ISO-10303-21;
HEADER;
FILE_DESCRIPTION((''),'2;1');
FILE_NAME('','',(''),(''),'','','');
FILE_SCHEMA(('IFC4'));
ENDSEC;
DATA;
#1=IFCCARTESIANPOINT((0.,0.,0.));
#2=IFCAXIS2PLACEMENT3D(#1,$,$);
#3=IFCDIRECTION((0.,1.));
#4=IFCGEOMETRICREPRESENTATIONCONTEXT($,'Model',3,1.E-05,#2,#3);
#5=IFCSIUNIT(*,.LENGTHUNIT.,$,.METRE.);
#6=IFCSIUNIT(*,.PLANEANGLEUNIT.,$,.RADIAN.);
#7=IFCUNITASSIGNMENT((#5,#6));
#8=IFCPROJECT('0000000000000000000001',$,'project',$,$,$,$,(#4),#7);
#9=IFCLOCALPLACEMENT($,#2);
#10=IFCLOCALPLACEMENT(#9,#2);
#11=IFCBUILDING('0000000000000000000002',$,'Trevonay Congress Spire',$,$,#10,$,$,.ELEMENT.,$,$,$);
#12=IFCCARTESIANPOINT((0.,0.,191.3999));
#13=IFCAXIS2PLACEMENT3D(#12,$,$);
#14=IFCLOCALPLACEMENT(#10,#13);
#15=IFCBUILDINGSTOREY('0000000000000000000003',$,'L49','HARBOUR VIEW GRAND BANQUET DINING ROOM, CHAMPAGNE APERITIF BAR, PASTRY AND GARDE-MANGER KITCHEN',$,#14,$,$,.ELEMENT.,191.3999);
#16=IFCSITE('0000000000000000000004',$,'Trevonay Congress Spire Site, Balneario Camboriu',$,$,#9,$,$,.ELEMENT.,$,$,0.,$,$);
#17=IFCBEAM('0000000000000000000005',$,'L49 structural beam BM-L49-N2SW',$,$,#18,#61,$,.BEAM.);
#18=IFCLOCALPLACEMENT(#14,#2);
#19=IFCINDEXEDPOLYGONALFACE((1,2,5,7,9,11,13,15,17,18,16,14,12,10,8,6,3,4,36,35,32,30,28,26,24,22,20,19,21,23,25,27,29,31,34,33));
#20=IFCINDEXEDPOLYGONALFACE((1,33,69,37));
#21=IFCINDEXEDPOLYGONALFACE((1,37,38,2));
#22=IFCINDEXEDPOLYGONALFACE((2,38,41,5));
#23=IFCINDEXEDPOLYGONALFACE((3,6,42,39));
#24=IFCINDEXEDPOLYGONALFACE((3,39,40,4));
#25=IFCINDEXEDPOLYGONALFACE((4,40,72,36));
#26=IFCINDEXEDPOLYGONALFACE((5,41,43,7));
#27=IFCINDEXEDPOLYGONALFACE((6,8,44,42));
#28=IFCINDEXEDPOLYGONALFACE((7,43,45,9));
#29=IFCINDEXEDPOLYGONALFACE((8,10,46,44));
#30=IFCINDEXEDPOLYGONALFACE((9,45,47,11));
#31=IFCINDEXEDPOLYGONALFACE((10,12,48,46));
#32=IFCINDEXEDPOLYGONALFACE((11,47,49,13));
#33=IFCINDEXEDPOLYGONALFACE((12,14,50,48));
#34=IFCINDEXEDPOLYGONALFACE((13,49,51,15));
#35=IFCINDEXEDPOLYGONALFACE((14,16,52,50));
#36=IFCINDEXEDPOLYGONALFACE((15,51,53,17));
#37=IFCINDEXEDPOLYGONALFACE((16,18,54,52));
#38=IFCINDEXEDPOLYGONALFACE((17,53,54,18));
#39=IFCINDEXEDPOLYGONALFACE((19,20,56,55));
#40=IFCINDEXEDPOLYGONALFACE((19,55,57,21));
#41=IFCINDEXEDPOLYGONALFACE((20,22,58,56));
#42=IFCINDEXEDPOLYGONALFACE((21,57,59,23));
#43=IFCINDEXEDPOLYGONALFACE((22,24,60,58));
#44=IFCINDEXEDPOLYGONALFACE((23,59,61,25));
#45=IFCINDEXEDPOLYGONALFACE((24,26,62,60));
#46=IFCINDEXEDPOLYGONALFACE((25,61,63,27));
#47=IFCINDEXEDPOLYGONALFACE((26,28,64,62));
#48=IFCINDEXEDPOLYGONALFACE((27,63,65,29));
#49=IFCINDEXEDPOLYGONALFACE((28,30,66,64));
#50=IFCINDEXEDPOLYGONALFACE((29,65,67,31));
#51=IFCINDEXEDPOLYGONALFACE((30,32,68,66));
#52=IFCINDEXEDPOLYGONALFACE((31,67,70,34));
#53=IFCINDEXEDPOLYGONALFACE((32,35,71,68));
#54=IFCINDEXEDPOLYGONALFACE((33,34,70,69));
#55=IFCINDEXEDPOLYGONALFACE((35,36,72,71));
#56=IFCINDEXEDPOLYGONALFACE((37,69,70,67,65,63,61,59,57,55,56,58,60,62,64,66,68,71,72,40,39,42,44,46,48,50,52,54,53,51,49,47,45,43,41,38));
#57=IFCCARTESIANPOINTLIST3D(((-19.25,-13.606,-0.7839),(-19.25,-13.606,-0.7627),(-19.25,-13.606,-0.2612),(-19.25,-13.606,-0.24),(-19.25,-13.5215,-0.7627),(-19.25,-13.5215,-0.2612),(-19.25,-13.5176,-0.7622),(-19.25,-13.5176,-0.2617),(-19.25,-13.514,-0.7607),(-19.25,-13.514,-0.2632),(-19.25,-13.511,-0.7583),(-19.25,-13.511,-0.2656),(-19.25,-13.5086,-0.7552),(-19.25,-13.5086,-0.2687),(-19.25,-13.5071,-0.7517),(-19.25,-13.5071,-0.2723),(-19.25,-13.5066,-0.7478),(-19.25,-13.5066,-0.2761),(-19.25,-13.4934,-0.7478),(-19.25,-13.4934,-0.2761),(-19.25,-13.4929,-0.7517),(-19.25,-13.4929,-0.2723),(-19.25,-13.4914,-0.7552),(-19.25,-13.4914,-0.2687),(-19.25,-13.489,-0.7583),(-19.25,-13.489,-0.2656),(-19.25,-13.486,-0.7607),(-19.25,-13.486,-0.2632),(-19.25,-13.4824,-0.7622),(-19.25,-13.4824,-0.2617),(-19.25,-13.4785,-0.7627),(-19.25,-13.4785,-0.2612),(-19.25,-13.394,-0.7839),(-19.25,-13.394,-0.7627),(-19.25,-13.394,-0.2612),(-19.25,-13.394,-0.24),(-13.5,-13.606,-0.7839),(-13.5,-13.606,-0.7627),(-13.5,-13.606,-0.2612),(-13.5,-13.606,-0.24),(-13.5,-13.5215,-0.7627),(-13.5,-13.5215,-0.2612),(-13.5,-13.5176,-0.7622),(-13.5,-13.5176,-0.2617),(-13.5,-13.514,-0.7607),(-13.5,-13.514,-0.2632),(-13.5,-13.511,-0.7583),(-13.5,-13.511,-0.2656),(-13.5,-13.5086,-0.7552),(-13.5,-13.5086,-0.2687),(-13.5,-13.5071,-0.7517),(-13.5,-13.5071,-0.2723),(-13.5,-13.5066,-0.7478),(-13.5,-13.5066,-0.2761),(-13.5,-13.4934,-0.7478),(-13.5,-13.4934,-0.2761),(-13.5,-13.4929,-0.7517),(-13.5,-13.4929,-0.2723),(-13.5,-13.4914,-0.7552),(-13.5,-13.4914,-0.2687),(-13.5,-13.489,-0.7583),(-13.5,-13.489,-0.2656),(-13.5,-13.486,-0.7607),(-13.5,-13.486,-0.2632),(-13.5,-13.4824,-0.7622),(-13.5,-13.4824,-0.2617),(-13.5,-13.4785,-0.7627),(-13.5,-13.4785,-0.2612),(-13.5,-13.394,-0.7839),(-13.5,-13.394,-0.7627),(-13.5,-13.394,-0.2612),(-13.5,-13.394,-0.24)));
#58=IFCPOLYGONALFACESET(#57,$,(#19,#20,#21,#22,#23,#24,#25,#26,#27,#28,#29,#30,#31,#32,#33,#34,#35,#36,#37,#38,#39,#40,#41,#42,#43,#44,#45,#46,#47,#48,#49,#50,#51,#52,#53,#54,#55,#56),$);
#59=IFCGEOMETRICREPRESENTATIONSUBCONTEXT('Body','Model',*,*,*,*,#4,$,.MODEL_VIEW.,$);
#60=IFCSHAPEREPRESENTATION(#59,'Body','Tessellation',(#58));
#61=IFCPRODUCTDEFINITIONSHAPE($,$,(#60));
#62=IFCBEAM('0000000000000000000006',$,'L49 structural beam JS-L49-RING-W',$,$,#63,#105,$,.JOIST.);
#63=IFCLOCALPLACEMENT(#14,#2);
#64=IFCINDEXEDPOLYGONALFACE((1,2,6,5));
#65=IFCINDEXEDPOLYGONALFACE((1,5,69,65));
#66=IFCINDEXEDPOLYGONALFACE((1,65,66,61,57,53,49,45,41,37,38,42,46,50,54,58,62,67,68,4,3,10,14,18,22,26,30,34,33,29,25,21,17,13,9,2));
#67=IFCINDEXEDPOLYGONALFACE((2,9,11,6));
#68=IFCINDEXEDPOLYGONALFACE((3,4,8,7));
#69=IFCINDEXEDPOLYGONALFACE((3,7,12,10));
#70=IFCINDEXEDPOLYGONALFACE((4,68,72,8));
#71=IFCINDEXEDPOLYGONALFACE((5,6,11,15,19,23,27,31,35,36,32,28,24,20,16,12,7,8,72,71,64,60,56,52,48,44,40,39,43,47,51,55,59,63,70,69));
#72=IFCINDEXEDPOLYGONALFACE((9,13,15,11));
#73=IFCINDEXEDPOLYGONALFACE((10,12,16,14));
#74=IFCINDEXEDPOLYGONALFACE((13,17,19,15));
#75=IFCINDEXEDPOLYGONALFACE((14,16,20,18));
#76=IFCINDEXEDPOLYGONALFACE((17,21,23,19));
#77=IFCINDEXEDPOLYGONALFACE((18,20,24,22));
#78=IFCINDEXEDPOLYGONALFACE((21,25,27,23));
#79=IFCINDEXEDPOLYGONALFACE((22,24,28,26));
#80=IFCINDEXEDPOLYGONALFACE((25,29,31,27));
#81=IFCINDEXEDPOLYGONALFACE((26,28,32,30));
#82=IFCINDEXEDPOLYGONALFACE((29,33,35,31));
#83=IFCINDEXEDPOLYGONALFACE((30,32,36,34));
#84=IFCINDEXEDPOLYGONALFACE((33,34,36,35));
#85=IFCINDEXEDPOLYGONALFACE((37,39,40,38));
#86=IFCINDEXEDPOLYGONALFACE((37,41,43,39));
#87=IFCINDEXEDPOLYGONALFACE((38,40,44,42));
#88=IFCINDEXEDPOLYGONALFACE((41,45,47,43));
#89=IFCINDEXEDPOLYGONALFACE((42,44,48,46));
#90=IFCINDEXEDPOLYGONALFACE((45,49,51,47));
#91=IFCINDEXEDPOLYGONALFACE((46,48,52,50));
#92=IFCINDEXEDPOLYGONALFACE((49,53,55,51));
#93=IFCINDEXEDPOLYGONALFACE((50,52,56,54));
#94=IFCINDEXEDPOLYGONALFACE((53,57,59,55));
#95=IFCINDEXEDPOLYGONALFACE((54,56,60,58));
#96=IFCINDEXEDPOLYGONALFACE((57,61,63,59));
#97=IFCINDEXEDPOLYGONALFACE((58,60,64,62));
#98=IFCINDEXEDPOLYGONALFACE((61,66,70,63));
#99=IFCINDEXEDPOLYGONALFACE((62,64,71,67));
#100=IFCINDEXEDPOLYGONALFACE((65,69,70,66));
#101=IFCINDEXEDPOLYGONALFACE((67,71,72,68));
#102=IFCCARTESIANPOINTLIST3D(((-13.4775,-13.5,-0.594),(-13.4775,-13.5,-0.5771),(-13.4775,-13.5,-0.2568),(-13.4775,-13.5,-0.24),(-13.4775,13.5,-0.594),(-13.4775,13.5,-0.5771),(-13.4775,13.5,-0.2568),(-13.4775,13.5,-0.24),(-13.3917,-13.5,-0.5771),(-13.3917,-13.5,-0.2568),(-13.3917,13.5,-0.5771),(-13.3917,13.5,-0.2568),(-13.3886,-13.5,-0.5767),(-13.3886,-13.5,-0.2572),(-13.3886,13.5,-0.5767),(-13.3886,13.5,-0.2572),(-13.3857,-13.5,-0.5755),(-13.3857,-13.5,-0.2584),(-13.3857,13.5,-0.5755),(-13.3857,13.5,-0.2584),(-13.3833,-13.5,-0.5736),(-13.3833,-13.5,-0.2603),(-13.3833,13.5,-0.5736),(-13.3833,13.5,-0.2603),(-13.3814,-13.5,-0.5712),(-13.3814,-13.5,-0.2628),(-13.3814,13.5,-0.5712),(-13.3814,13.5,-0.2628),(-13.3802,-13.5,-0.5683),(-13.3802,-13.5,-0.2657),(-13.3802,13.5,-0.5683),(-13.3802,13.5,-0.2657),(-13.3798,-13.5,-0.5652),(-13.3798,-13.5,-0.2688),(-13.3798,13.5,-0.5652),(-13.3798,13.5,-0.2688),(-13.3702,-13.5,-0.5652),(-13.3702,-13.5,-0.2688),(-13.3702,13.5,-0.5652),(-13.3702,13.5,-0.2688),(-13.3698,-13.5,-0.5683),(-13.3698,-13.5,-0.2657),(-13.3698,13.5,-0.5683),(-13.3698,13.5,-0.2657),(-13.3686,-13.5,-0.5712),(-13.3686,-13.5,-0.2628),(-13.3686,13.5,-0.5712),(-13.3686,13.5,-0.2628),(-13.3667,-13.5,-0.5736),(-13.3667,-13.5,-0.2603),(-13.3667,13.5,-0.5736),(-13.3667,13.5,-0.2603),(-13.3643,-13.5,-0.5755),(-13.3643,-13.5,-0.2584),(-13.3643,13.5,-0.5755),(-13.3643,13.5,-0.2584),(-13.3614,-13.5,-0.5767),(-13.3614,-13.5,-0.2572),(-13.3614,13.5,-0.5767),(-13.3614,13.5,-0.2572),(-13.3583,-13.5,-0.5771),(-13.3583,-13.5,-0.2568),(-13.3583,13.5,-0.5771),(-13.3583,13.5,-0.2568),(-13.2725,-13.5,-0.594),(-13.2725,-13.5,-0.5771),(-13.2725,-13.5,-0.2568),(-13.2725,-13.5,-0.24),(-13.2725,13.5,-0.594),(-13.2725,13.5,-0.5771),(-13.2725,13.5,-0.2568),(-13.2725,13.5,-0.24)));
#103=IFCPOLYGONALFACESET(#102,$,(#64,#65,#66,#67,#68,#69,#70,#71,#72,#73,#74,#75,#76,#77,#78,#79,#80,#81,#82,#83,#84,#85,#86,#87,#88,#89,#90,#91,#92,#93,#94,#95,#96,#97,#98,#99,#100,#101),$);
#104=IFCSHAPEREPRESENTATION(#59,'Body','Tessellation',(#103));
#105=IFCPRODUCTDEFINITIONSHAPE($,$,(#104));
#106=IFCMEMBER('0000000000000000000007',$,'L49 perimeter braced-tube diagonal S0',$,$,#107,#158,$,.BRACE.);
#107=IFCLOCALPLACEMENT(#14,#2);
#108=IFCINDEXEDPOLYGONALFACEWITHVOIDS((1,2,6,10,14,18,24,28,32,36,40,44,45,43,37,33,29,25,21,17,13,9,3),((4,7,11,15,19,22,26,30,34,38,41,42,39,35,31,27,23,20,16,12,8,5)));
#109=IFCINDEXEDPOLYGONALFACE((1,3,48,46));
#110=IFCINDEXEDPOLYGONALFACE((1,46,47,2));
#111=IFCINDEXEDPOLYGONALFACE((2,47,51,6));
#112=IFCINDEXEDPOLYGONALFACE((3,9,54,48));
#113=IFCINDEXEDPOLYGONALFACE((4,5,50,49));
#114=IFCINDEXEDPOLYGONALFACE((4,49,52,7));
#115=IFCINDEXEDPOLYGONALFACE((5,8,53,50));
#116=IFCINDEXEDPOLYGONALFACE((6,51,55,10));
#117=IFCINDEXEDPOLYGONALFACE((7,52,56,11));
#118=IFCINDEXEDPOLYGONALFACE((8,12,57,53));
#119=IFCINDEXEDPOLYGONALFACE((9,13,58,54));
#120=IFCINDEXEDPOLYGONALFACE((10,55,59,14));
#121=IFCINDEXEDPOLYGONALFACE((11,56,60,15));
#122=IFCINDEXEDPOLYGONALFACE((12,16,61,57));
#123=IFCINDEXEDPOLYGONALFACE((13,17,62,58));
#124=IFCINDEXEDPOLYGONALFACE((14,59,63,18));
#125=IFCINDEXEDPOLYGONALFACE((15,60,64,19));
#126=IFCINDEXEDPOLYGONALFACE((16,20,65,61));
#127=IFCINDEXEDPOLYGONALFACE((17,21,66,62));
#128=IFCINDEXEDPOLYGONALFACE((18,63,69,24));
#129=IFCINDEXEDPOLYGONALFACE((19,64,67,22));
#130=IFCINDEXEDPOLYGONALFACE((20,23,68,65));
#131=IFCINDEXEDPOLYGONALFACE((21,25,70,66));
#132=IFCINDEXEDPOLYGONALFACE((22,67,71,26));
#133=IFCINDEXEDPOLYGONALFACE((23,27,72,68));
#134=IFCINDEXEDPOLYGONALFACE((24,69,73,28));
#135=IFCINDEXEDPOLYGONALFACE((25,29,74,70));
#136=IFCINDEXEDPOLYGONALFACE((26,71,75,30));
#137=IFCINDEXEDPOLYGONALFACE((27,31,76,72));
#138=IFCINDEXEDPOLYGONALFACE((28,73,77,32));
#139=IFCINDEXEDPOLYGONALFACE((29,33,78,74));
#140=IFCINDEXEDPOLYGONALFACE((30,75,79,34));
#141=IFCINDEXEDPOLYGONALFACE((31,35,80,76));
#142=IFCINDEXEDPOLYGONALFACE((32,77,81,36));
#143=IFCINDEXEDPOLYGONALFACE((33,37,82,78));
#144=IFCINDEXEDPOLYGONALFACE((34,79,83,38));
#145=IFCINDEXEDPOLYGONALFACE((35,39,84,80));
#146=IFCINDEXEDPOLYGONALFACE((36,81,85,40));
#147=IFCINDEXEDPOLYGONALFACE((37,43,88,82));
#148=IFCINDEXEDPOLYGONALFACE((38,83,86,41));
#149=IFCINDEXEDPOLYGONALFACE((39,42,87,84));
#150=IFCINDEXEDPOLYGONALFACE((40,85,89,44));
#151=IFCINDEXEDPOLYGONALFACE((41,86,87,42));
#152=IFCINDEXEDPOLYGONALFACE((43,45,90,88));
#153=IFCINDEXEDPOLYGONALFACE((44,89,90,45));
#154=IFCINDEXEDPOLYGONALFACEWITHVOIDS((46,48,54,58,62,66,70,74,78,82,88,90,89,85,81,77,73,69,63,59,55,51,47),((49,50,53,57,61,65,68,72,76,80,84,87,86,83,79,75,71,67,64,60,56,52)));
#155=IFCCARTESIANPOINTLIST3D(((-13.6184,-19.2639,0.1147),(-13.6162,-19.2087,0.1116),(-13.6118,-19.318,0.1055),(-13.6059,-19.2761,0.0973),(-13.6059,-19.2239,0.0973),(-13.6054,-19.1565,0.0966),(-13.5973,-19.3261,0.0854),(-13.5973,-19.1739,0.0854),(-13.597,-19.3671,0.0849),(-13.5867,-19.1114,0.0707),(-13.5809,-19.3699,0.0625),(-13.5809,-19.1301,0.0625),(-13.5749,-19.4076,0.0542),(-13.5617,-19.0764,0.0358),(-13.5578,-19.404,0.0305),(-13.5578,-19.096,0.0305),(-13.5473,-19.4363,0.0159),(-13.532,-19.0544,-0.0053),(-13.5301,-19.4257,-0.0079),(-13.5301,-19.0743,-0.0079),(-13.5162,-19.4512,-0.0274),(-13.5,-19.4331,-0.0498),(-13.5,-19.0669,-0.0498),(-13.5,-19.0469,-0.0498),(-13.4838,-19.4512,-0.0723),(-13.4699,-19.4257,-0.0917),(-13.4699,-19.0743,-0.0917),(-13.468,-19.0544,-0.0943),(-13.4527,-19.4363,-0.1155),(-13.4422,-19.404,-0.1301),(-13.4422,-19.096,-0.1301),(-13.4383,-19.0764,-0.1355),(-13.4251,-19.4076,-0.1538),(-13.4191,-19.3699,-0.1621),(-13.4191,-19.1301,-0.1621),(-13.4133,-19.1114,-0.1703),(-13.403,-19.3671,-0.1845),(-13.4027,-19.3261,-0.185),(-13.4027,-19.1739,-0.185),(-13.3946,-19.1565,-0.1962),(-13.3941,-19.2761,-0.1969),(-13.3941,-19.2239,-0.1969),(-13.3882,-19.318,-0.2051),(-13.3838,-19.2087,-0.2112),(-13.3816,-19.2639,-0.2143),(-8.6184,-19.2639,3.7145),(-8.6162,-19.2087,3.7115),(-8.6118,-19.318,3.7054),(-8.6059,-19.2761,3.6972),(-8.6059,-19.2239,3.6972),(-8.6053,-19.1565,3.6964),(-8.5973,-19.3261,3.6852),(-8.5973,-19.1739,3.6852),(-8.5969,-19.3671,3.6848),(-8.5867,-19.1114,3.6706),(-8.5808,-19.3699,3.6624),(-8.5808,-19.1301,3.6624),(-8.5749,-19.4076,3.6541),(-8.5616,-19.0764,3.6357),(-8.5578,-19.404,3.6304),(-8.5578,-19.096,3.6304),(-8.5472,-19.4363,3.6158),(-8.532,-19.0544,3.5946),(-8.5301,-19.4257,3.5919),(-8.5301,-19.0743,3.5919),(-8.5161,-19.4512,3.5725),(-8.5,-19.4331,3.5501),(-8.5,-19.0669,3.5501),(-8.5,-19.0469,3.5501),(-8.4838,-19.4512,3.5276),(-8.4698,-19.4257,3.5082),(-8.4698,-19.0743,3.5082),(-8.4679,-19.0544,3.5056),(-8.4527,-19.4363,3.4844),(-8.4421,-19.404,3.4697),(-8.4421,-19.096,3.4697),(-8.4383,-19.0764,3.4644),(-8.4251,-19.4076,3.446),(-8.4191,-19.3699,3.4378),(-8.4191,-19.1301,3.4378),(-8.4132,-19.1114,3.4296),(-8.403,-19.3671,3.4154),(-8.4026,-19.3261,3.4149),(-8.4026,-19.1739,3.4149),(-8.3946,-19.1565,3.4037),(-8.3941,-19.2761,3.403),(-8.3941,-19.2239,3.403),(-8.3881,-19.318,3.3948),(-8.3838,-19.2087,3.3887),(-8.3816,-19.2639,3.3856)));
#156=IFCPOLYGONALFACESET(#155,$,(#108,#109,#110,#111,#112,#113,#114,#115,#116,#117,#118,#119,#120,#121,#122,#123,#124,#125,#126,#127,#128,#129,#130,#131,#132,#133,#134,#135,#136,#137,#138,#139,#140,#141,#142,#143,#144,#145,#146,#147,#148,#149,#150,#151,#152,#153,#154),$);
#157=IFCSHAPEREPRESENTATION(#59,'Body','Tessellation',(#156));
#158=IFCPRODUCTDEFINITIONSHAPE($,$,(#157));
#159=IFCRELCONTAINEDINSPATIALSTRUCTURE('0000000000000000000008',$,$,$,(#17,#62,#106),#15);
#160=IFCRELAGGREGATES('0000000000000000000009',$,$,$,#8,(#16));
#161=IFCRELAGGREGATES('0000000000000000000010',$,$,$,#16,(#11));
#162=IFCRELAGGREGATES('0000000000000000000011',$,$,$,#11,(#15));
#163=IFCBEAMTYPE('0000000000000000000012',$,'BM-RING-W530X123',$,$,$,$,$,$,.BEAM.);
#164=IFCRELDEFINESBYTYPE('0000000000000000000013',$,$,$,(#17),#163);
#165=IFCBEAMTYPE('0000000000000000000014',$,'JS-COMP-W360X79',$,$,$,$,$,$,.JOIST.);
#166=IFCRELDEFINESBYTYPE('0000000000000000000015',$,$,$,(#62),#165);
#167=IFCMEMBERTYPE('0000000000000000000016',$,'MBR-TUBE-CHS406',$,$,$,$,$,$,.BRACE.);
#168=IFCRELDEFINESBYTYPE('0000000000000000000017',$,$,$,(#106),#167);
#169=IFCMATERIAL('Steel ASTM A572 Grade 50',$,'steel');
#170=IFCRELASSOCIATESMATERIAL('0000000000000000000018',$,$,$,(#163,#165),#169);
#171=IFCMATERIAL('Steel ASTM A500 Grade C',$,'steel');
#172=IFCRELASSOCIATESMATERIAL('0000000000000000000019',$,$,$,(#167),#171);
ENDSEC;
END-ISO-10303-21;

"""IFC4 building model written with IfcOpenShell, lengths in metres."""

from ifc_helpers import new_model, si_unit, direction, frame, origin, origin_2d, place, context, subcontext, project, spatial, hollow_circle, i_section, extrude, material, material_profile, profile_set, type_object, element, save


model = new_model("IFC4")

# Units and contexts
model_context = context("Model", 3, precision=1e-05, world=origin(), true_north=direction((0.0, 1.0)))
body_context = subcontext(model_context, "Body", "Model", "MODEL_VIEW")
ifc_project = project(units=[si_unit("LENGTHUNIT", "METRE"), si_unit("PLANEANGLEUNIT", "RADIAN")], contexts=[model_context])

# Site, building, storey
site_placement = place(None, origin())
site = spatial("IfcSite", under=ifc_project, at=site_placement, Name="Trevonay Congress Spire Site, Balneario Camboriu", CompositionType="ELEMENT", RefElevation=0.0)
building_placement = place(site_placement, origin())
building = spatial("IfcBuilding", under=site, at=building_placement, Name="Trevonay Congress Spire", CompositionType="ELEMENT")
storey_placement = place(building_placement, frame((0.0, 0.0, 191.3999)))
storey = spatial("IfcBuildingStorey", under=building, at=storey_placement, Name="L49", Description="HARBOUR VIEW GRAND BANQUET DINING ROOM, CHAMPAGNE APERITIF BAR, PASTRY AND GARDE-MANGER KITCHEN", CompositionType="ELEMENT", Elevation=191.3999)

# Shared definitions
ifc_material_1 = material(Name="Steel ASTM A572 Grade 50", Category="steel")

# Beams
ifc_material_profile_1 = material_profile(ifc_material_1, i_section(OverallWidth=0.2119, OverallDepth=0.5439, WebThickness=0.0132, FlangeThickness=0.0212, FilletRadius=0.0149, at=origin_2d()), Name="W530x123")
ifc_profile_set_1 = profile_set([ifc_material_profile_1], Name="Steel ASTM A572 Grade 50")
beam_type_1 = type_object("IfcBeamType", Name="BM-RING-W530X123", PredefinedType="BEAM", material=ifc_profile_set_1)
for number, where, z_axis, x_axis, name in (
    (1, (-19.25, -13.5, -0.512), (1.0, 0.0, 0.0), (0.0, 1.0, 0.0), "L49 structural beam BM-L49-N2SW"),
):
    element("IfcBeam", number, at=place(storey_placement, frame(where, z_axis=z_axis, x_axis=x_axis)), inside=storey, type_object=beam_type_1, Name=name, PredefinedType="BEAM", context=body_context, shape_type="SweptSolid", body=[
        extrude(i_section(OverallWidth=0.2119, OverallDepth=0.5439, WebThickness=0.0132, FlangeThickness=0.0212, FilletRadius=0.0149, at=origin_2d()), origin(), (0.0, 0.0, 1.0), 5.75),
    ])
ifc_material_profile_2 = material_profile(ifc_material_1, i_section(OverallWidth=0.2051, OverallDepth=0.354, WebThickness=0.0095, FlangeThickness=0.0168, FilletRadius=0.012, at=origin_2d()), Name="W360x79")
ifc_profile_set_2 = profile_set([ifc_material_profile_2], Name="Steel ASTM A572 Grade 50")
beam_type_2 = type_object("IfcBeamType", Name="JS-COMP-W360X79", PredefinedType="JOIST", material=ifc_profile_set_2)
beam_placement = place(storey_placement, frame((-13.375, -13.5, -0.417), z_axis=(0.0, 1.0, 0.0), x_axis=(-1.0, 0.0, 0.0)))
element("IfcBeam", 2, at=beam_placement, inside=storey, type_object=beam_type_2, Name="L49 structural beam JS-L49-RING-W", PredefinedType="JOIST", context=body_context, shape_type="SweptSolid", body=[
    extrude(i_section(OverallWidth=0.2051, OverallDepth=0.354, WebThickness=0.0095, FlangeThickness=0.0168, FilletRadius=0.012, at=origin_2d()), origin(), (0.0, 0.0, 1.0), 27.0),
])

# Member
ifc_material_2 = material(Name="Steel ASTM A500 Grade C", Category="steel")
ifc_material_profile_3 = material_profile(ifc_material_2, hollow_circle(Radius=0.2031, WallThickness=0.02, at=origin_2d()), Name="CHS 406.4x20")
ifc_profile_set_3 = profile_set([ifc_material_profile_3], Name="Steel ASTM A500 Grade C")
member_type = type_object("IfcMemberType", Name="MBR-TUBE-CHS406", PredefinedType="BRACE", material=ifc_profile_set_3)
for number, where, z_axis, x_axis, name in (
    (3, (-13.5, -19.25, -0.0498), (0.811546, 0.0, 0.584289), (0.0, 1.0, 0.0), "L49 perimeter braced-tube diagonal S0"),
):
    element("IfcMember", number, at=place(storey_placement, frame(where, z_axis=z_axis, x_axis=x_axis)), inside=storey, type_object=member_type, Name=name, PredefinedType="BRACE", context=body_context, shape_type="SweptSolid", body=[
        extrude(hollow_circle(Radius=0.2031, WallThickness=0.02, at=origin_2d()), origin(), (0.0, 0.0, 1.0), 6.1611),
    ])

save(model, "model.ifc")
